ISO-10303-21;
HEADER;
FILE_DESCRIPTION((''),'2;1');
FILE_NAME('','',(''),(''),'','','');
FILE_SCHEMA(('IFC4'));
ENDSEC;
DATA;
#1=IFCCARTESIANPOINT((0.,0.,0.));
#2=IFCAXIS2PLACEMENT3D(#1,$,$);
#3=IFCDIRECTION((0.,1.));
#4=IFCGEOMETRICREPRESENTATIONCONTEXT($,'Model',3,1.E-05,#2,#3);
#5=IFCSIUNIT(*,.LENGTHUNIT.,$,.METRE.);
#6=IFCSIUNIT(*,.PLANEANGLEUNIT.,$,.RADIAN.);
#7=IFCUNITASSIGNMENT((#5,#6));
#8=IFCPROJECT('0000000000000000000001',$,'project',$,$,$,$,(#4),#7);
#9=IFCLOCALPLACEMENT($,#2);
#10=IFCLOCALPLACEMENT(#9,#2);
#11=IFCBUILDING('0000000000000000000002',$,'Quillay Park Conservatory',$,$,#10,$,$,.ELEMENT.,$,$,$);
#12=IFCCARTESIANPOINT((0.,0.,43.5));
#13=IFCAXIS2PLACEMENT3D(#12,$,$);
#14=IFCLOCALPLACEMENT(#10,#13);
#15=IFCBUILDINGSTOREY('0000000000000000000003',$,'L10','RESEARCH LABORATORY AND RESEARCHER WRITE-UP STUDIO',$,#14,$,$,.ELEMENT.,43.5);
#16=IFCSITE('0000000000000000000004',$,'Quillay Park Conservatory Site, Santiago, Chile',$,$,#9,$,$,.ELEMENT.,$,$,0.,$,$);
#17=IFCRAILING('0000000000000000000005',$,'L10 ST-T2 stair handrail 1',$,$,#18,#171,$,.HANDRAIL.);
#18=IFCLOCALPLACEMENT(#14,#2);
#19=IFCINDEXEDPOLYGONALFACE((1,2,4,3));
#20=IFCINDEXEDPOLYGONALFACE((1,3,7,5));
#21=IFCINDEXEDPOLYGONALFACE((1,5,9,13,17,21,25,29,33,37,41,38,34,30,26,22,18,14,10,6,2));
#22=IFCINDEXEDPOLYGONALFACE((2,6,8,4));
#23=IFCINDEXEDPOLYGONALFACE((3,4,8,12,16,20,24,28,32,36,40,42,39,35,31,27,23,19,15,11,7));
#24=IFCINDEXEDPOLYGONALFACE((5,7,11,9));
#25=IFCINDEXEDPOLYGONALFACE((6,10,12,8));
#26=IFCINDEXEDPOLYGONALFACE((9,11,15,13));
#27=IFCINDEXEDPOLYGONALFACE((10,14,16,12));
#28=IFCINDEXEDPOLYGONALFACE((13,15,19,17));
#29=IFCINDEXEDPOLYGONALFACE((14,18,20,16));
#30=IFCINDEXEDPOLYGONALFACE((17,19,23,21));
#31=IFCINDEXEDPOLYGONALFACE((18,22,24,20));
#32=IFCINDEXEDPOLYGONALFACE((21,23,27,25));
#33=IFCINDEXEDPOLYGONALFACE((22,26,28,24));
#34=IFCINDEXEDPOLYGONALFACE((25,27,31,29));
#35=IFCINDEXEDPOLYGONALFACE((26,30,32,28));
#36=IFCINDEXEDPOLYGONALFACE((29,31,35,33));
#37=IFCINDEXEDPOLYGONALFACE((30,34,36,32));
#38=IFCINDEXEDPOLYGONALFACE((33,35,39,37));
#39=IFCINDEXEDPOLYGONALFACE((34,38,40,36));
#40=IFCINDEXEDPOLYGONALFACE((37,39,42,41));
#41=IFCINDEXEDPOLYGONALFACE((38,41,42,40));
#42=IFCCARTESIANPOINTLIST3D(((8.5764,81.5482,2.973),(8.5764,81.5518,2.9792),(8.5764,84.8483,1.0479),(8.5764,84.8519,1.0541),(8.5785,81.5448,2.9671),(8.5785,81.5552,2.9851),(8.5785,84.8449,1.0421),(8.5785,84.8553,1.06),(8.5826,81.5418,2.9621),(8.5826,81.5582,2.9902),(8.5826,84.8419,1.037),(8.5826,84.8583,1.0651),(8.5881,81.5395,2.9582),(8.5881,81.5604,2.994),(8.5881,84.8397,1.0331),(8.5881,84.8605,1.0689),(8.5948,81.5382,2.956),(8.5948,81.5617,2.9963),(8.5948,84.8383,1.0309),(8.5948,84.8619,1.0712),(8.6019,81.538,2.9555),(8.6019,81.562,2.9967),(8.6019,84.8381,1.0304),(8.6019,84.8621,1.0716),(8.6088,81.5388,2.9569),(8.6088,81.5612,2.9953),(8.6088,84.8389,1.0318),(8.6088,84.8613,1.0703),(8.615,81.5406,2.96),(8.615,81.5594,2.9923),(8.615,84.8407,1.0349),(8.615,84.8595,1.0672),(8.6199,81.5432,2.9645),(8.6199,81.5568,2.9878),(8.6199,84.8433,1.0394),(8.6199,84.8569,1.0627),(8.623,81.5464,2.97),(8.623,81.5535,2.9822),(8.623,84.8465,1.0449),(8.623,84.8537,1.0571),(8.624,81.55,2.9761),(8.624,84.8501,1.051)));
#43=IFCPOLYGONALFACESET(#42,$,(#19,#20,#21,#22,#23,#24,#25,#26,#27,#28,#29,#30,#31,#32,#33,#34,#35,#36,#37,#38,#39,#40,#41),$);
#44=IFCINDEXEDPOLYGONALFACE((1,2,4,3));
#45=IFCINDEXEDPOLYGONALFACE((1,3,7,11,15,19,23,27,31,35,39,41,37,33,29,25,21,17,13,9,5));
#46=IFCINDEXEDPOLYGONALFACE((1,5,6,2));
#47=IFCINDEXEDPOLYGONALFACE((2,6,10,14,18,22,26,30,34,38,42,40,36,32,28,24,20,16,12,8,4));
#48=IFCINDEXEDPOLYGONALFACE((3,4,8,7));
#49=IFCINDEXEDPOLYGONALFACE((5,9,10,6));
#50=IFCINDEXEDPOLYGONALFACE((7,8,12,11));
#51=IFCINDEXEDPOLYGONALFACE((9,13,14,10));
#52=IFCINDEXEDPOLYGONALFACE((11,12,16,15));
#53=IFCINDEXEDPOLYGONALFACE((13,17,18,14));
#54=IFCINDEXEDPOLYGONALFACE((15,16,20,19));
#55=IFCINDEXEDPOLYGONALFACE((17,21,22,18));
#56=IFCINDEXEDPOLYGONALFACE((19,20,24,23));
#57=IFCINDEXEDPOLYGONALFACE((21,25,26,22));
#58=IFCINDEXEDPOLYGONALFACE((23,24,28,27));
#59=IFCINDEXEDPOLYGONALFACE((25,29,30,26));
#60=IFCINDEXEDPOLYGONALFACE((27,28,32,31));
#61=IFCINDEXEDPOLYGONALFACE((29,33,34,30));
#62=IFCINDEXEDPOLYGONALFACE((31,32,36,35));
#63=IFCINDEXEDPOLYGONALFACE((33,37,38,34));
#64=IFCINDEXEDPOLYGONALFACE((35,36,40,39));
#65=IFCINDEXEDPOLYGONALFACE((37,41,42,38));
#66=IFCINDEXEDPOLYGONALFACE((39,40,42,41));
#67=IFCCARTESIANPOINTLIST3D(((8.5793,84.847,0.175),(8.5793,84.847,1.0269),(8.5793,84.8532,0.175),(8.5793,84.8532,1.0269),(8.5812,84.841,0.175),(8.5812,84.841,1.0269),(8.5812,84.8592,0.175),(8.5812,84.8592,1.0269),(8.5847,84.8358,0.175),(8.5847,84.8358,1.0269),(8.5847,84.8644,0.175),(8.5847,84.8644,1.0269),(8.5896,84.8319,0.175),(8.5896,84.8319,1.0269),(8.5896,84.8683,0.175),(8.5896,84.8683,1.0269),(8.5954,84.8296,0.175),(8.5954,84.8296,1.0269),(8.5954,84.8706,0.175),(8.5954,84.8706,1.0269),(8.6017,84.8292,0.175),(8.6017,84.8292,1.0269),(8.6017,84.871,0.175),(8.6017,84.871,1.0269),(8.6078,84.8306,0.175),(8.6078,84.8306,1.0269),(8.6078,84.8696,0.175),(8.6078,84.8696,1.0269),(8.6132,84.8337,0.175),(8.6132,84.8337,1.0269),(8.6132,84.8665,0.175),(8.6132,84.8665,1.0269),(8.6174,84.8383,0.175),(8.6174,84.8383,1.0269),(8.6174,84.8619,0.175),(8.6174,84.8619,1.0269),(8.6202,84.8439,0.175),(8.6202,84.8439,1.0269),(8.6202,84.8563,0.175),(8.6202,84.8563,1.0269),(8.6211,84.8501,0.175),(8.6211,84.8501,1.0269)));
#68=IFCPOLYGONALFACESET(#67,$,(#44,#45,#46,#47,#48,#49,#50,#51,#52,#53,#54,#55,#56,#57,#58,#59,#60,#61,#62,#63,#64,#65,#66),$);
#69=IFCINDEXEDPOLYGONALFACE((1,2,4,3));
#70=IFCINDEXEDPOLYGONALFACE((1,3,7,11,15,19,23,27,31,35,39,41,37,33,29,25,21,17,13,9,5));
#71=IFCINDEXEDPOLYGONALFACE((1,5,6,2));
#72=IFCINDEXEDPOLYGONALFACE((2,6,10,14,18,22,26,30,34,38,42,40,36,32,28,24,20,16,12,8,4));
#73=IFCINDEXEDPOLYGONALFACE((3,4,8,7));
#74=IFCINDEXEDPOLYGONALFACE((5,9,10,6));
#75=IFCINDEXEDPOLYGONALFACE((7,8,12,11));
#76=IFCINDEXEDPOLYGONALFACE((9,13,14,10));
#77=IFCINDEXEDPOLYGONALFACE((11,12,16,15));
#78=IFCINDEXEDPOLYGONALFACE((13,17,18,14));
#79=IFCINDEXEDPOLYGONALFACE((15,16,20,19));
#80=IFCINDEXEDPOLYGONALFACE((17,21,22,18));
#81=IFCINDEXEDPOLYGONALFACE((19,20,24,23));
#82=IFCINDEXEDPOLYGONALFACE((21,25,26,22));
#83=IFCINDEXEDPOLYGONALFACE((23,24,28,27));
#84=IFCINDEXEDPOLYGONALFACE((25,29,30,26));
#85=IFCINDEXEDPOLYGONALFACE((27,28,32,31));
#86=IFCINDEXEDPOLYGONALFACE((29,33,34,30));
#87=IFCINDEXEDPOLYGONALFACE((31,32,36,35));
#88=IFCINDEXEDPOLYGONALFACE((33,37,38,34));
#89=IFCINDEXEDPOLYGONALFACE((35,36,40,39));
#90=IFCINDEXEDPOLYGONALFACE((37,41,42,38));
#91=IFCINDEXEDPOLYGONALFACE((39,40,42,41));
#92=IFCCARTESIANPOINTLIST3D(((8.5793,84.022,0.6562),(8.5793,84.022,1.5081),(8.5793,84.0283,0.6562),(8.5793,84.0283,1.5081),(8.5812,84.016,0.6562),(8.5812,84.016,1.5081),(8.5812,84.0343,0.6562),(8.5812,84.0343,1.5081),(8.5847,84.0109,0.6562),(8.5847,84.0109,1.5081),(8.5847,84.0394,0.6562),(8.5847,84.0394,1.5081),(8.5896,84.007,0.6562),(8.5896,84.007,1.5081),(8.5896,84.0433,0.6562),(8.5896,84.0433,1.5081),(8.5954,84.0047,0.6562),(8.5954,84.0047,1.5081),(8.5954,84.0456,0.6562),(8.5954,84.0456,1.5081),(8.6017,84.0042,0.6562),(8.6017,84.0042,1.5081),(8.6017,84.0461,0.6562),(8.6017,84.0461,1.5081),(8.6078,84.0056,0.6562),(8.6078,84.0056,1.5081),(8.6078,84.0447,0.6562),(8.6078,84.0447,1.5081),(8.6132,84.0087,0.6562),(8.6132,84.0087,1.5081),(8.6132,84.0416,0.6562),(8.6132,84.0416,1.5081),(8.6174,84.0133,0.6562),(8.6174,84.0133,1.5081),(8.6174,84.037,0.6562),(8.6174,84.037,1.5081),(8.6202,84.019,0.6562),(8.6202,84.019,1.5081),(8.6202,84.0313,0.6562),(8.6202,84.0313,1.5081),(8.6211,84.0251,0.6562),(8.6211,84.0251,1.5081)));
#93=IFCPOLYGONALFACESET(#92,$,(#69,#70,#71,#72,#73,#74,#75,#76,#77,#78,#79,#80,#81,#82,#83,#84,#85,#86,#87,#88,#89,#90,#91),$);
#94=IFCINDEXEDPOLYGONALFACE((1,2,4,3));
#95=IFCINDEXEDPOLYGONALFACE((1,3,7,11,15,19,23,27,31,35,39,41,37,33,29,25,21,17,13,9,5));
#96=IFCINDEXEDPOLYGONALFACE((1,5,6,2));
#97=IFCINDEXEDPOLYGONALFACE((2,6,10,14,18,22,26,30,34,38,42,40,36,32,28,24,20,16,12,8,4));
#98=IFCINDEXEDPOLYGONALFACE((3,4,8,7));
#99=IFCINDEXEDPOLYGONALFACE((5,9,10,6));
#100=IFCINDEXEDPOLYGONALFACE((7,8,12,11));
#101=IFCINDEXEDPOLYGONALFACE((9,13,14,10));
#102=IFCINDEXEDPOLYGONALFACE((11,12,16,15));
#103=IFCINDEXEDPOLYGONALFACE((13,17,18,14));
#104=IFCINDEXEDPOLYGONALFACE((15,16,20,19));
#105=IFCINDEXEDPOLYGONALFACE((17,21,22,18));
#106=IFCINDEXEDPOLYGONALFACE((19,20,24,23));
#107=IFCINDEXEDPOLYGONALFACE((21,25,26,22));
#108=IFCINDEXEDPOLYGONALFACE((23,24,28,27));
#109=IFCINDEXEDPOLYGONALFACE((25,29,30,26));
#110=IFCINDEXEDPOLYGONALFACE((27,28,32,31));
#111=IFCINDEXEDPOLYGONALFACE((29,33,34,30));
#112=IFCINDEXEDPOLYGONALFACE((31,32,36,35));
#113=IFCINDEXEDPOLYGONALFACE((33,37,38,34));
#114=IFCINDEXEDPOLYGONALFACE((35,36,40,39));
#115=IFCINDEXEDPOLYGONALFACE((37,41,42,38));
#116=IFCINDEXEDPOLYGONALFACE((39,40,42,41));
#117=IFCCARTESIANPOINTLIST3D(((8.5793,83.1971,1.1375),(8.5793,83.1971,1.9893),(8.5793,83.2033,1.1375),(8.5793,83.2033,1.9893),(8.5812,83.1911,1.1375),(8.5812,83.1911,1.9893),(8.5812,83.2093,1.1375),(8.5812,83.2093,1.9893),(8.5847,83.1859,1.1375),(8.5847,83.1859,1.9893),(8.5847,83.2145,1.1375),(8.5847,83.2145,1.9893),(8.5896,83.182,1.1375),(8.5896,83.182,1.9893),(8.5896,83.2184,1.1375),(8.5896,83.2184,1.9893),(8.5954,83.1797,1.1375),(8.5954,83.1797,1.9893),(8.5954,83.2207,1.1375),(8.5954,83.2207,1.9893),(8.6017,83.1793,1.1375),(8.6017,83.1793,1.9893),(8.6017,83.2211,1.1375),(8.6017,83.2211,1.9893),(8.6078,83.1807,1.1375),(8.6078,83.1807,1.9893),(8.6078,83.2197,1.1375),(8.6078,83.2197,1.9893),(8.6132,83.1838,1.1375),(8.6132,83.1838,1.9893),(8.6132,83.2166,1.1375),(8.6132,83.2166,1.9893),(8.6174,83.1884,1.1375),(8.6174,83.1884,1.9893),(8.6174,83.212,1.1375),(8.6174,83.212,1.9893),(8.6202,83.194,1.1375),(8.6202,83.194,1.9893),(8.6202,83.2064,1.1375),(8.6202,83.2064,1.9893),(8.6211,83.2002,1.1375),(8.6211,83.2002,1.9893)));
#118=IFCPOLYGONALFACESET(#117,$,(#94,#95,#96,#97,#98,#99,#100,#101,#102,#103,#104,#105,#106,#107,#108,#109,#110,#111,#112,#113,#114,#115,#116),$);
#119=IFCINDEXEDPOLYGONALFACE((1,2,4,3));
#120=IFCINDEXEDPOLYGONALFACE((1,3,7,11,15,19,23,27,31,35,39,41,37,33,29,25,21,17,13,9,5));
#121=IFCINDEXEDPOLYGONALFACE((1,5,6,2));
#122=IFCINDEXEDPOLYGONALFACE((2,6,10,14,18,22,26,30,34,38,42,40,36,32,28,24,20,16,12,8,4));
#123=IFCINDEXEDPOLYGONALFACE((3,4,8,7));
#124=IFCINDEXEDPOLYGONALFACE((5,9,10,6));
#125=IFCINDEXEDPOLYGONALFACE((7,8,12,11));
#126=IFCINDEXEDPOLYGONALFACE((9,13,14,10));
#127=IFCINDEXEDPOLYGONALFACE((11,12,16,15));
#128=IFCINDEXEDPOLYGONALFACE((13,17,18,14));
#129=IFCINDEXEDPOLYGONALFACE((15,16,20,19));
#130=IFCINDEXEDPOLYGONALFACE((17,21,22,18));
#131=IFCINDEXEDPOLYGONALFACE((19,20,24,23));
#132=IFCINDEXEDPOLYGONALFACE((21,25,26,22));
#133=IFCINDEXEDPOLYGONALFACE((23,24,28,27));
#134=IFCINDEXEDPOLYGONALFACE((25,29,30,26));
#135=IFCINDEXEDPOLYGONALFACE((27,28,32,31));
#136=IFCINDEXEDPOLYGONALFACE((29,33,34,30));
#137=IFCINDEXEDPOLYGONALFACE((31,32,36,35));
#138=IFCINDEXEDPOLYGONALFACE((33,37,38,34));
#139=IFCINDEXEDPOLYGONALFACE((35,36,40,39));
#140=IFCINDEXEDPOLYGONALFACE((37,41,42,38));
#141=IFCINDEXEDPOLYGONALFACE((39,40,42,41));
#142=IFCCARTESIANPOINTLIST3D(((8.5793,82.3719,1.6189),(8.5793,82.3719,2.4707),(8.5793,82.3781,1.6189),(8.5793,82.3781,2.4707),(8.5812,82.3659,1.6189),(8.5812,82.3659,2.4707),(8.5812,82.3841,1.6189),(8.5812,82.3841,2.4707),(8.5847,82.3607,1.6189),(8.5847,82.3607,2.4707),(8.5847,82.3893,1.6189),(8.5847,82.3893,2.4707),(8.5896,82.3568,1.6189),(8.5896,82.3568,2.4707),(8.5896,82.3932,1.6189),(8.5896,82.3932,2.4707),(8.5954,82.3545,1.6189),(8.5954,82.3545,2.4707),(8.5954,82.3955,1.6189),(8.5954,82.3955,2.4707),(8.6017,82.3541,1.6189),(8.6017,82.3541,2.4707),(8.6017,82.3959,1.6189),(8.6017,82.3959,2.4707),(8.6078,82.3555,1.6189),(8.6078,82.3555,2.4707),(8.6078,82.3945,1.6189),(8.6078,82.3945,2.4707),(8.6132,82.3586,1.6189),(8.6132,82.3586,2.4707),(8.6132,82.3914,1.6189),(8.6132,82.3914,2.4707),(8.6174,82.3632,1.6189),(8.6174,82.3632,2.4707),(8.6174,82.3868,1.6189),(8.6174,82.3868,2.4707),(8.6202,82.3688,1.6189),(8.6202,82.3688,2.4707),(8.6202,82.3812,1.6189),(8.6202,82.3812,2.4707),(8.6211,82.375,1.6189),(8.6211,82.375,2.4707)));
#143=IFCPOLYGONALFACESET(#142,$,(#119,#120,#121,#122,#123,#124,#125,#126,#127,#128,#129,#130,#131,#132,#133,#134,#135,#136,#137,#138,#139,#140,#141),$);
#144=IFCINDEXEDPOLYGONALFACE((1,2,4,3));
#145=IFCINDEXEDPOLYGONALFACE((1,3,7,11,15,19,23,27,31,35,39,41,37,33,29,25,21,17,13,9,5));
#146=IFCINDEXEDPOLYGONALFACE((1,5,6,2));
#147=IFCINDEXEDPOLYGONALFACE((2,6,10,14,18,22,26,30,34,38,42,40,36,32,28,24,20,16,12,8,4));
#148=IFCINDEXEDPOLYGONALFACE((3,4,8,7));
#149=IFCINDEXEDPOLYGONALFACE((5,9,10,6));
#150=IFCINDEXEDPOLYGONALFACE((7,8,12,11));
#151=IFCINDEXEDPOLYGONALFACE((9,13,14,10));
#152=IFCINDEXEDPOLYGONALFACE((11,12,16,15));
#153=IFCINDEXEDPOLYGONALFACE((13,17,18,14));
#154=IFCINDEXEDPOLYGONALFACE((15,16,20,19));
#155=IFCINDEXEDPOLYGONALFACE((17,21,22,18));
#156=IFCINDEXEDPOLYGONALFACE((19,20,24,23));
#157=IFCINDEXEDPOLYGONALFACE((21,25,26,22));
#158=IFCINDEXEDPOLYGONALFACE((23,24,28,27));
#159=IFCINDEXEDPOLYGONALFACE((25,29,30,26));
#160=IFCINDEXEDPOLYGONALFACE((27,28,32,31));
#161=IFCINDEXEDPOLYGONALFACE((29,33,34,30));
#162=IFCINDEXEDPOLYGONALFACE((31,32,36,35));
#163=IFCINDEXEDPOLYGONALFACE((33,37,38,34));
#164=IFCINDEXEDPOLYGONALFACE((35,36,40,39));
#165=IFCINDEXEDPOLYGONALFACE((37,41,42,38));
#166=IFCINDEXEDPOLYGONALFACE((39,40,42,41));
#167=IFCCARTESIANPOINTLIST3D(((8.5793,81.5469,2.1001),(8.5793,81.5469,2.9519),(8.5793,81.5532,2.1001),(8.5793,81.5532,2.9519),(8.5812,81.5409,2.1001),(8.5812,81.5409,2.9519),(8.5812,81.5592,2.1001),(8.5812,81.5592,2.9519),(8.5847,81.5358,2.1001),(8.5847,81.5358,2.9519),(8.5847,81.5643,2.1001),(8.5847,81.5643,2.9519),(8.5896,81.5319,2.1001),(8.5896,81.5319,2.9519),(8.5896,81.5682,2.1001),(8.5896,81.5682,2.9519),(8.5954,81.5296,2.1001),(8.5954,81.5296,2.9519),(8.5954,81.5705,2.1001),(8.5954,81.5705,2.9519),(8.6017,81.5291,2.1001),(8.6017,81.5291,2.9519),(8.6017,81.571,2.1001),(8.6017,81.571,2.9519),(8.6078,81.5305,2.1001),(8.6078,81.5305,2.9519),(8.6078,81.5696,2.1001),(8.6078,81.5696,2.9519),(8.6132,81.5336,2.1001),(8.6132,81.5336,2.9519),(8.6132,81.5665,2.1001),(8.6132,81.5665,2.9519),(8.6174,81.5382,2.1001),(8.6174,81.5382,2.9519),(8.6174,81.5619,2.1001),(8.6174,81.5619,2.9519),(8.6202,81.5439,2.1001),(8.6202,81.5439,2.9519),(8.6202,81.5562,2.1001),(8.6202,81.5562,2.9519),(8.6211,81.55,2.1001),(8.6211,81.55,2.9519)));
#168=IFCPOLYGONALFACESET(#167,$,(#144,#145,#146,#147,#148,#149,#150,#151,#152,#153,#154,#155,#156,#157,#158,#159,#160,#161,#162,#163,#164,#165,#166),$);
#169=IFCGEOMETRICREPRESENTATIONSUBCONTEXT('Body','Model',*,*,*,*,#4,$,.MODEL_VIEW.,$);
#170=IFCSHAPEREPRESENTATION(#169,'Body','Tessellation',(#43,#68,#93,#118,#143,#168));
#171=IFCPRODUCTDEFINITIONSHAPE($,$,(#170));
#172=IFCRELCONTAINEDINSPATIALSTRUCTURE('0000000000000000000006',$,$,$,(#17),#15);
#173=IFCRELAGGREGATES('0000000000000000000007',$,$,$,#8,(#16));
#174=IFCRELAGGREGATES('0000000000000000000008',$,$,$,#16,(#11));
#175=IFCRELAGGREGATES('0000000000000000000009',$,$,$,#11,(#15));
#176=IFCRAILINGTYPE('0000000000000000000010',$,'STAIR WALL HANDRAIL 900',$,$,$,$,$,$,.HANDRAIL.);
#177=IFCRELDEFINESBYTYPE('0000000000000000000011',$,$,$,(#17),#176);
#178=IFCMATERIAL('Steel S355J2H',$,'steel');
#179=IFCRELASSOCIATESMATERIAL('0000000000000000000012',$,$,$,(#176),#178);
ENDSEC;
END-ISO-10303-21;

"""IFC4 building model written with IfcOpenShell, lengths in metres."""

from ifc_helpers import new_model, si_unit, direction, frame, origin, origin_2d, place, context, subcontext, project, spatial, circle, extrude, material, type_object, element, save


model = new_model("IFC4")

# Units and contexts
model_context = context("Model", 3, precision=1e-05, world=origin(), true_north=direction((0.0, 1.0)))
body_context = subcontext(model_context, "Body", "Model", "MODEL_VIEW")
ifc_project = project(units=[si_unit("LENGTHUNIT", "METRE"), si_unit("PLANEANGLEUNIT", "RADIAN")], contexts=[model_context])

# Site, building, storey
site_placement = place(None, origin())
site = spatial("IfcSite", under=ifc_project, at=site_placement, Name="Quillay Park Conservatory Site, Santiago, Chile", CompositionType="ELEMENT", RefElevation=0.0)
building_placement = place(site_placement, origin())
building = spatial("IfcBuilding", under=site, at=building_placement, Name="Quillay Park Conservatory", CompositionType="ELEMENT")
storey_placement = place(building_placement, frame((0.0, 0.0, 43.5)))
storey = spatial("IfcBuildingStorey", under=building, at=storey_placement, Name="L10", Description="RESEARCH LABORATORY AND RESEARCHER WRITE-UP STUDIO", CompositionType="ELEMENT", Elevation=43.5)

# Railing
ifc_material_1 = material(Name="Steel S355J2H", Category="steel")
railing_type_1 = type_object("IfcRailingType", Name="STAIR WALL HANDRAIL 900", PredefinedType="HANDRAIL", material=ifc_material_1)
railing_1_placement = place(storey_placement, frame((8.6001, 84.8501, 0.175)))
element("IfcRailing", 1, at=railing_1_placement, inside=storey, type_object=railing_type_1, Name="L10 ST-T2 stair handrail 1", PredefinedType="HANDRAIL", context=body_context, shape_type="SweptSolid", body=[
    extrude(circle(Radius=0.0239, at=origin_2d()), frame((0.0, 0.0, 0.876), z_axis=(0.0, -0.863777, 0.503875), x_axis=(1.0, 0.0, 0.0)), (0.0, 0.0, 1.0), 3.8206),
    extrude(circle(Radius=0.021, at=origin_2d()), origin(), (0.0, 0.0, 1.0), 0.8518),
    extrude(circle(Radius=0.021, at=origin_2d()), frame((0.0, -0.825, 0.4812)), (0.0, 0.0, 1.0), 0.8518),
    extrude(circle(Radius=0.021, at=origin_2d()), frame((0.0, -1.6499, 0.9624)), (0.0, 0.0, 1.0), 0.8518),
    extrude(circle(Radius=0.021, at=origin_2d()), frame((0.0, -2.4751, 1.4438)), (0.0, 0.0, 1.0), 0.8518),
    extrude(circle(Radius=0.021, at=origin_2d()), frame((0.0, -3.3, 1.925)), (0.0, 0.0, 1.0), 0.8518),
])

save(model, "model.ifc")
